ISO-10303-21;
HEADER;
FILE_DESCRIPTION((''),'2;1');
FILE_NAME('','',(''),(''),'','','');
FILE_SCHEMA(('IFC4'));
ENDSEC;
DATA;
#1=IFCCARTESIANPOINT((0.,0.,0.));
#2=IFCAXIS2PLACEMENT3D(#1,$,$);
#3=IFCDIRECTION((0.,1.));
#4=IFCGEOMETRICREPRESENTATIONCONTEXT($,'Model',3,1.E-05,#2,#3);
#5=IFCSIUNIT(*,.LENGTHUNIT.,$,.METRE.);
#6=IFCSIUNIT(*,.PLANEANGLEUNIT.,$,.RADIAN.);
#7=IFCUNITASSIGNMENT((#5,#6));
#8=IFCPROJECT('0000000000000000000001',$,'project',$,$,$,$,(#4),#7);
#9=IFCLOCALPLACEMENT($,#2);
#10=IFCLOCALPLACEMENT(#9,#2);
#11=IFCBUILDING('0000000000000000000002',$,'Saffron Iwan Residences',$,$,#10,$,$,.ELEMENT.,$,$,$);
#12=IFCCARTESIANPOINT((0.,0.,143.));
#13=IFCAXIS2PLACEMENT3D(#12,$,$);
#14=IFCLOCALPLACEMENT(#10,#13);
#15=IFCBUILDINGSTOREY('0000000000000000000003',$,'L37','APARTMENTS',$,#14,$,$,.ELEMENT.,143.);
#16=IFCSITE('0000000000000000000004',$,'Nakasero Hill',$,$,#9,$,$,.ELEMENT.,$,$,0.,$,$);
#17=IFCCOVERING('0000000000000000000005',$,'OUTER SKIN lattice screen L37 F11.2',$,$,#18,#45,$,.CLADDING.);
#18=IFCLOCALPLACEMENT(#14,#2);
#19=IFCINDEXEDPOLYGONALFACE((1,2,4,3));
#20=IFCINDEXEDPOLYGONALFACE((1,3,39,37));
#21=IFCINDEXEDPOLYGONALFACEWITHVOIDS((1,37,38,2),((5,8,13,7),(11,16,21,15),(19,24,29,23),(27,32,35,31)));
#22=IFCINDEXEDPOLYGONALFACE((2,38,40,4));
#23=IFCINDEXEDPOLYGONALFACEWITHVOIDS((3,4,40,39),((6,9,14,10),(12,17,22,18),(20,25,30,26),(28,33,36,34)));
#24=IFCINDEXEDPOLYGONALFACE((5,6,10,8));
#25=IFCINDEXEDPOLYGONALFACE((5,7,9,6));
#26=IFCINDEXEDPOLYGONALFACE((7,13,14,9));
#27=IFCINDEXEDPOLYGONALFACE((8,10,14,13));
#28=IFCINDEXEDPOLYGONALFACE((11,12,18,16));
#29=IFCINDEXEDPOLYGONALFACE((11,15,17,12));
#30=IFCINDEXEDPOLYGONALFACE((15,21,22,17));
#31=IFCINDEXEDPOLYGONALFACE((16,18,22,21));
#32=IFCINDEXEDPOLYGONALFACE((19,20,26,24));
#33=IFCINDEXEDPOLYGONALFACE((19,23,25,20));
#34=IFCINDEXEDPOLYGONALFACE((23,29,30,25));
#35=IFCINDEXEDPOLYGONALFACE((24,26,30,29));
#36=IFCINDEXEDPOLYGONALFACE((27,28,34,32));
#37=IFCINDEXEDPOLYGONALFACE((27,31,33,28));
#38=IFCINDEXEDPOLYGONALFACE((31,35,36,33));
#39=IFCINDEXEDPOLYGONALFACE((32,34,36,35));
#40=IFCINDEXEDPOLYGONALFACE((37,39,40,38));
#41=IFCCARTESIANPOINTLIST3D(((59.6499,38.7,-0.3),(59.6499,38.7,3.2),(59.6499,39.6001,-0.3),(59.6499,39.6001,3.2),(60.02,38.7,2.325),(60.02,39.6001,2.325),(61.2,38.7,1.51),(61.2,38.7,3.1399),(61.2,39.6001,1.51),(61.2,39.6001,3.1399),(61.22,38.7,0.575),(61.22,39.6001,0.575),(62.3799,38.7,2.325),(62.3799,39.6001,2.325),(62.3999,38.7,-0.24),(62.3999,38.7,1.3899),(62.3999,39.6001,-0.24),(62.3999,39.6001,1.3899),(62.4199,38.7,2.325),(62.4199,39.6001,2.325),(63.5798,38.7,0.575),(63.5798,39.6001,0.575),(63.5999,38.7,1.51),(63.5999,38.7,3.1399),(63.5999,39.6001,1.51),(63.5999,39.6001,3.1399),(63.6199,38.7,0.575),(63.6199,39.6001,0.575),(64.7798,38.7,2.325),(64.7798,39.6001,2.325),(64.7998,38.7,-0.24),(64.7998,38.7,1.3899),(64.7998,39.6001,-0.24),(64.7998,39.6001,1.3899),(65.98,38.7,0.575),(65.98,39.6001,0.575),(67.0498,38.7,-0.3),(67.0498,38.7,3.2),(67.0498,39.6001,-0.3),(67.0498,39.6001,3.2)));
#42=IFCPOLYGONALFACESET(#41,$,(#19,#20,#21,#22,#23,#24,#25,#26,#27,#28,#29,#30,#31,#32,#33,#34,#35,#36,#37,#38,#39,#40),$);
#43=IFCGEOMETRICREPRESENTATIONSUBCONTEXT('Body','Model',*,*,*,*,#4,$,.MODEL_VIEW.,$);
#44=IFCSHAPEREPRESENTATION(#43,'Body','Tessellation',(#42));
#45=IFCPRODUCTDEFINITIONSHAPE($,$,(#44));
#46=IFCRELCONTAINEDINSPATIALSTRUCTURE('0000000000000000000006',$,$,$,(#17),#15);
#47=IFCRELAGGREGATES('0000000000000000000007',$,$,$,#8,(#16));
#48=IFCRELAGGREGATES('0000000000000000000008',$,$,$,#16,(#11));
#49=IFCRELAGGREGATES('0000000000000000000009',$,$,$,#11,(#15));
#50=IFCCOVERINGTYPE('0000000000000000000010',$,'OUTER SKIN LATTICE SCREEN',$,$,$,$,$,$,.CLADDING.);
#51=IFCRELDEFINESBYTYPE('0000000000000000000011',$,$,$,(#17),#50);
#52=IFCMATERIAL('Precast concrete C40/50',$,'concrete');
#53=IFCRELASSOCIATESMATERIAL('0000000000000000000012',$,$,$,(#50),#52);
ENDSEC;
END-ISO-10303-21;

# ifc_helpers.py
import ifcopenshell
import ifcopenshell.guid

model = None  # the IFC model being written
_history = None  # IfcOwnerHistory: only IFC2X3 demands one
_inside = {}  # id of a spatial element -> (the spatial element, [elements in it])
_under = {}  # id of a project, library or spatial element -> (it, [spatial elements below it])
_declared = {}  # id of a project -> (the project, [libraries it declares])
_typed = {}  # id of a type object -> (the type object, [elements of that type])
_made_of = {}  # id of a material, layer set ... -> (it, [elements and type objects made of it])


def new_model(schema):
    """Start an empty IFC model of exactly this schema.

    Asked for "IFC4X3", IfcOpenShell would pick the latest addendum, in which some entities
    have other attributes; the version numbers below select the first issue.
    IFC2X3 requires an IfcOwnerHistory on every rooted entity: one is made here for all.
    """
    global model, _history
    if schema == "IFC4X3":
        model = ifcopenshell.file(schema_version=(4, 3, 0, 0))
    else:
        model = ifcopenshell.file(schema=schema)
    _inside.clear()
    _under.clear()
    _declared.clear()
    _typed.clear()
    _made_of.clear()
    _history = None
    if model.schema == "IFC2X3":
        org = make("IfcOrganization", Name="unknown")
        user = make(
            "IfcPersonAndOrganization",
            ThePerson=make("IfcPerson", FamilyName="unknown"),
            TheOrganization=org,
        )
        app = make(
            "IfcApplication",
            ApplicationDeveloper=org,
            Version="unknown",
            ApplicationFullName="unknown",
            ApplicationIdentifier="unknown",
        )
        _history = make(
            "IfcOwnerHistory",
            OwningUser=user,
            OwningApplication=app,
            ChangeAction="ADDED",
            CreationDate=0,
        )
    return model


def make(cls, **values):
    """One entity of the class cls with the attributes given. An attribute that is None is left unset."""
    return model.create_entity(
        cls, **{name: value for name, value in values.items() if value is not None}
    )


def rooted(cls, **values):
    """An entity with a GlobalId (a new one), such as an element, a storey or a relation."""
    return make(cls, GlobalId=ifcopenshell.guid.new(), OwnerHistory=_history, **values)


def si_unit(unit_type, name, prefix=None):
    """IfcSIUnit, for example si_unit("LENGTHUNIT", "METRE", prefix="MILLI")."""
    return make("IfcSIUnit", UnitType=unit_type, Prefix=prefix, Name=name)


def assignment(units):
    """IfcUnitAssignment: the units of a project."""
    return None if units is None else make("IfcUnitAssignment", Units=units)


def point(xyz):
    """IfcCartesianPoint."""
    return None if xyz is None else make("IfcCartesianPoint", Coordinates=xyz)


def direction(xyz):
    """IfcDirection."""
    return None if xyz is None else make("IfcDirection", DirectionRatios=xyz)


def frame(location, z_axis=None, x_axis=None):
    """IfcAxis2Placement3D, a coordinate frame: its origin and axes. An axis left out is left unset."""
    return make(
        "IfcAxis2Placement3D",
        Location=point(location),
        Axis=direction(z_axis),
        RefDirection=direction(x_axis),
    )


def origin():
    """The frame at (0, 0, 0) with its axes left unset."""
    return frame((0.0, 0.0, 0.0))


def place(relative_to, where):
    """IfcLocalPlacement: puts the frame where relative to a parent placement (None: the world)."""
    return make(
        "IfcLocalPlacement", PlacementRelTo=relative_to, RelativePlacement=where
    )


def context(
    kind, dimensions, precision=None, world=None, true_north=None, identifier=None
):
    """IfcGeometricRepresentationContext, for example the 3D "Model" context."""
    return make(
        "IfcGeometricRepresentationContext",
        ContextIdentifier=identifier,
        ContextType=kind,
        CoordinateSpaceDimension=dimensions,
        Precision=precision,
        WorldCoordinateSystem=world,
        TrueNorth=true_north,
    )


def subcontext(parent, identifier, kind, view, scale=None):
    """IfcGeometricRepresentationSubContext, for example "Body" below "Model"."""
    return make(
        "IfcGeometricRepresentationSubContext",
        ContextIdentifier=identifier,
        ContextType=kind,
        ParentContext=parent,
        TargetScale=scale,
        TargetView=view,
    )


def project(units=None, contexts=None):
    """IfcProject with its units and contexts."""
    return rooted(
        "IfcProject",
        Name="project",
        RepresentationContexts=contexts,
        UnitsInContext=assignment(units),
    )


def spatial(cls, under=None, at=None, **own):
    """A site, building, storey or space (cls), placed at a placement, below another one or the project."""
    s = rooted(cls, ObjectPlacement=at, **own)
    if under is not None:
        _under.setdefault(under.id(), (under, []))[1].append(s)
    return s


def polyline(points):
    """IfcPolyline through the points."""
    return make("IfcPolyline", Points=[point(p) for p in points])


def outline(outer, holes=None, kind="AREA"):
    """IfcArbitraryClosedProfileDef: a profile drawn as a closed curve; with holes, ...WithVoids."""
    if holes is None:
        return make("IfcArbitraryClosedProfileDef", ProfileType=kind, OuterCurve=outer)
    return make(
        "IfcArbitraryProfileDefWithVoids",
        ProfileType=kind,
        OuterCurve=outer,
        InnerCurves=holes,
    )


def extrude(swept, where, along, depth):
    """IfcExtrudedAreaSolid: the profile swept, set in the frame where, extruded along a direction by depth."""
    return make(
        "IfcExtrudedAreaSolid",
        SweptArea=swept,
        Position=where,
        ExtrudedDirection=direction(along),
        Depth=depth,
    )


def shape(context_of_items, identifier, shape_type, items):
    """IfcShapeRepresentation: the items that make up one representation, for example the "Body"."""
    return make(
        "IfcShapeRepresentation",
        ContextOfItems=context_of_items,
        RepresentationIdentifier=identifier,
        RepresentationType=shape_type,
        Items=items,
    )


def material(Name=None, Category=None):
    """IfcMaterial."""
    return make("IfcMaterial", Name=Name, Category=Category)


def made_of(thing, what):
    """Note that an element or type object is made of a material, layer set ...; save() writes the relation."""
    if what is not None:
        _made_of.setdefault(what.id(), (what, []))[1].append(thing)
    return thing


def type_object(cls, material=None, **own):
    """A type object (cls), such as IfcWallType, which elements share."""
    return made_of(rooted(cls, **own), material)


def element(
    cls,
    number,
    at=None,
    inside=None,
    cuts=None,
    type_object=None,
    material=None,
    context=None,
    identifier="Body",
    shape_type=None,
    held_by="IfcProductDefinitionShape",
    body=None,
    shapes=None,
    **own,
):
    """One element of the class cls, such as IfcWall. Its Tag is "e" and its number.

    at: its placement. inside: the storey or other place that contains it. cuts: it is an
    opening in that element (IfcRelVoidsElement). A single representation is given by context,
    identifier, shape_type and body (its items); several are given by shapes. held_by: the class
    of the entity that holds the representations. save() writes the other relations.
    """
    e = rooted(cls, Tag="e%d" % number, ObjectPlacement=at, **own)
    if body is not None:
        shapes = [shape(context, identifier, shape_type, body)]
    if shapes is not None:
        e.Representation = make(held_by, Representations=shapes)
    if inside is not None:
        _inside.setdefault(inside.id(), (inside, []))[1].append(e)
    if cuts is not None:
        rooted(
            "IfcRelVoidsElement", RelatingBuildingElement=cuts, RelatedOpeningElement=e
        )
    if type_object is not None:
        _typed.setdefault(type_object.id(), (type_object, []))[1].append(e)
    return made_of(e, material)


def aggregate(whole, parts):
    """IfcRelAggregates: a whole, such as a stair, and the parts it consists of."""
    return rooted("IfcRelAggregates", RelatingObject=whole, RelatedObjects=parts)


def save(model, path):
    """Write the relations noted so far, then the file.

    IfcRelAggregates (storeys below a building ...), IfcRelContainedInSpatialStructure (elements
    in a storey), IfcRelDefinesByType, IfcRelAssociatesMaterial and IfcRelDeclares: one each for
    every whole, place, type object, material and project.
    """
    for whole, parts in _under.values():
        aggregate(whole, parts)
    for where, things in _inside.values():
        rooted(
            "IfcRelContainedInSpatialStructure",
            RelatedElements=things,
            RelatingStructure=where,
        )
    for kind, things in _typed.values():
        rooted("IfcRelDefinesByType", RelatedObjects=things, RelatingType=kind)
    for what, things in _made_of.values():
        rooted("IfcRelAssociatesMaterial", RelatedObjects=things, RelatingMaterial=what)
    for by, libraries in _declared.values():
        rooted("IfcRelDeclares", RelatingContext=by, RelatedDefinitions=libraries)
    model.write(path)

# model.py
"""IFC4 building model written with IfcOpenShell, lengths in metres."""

from ifc_helpers import new_model, si_unit, direction, frame, origin, place, context, subcontext, project, spatial, polyline, outline, extrude, material, type_object, element, save


model = new_model("IFC4")

# Units and contexts
model_context = context("Model", 3, precision=1e-05, world=origin(), true_north=direction((0.0, 1.0)))
body_context = subcontext(model_context, "Body", "Model", "MODEL_VIEW")
ifc_project = project(units=[si_unit("LENGTHUNIT", "METRE"), si_unit("PLANEANGLEUNIT", "RADIAN")], contexts=[model_context])

# Site, building, storey
site_placement = place(None, origin())
site = spatial("IfcSite", under=ifc_project, at=site_placement, Name="Nakasero Hill", CompositionType="ELEMENT", RefElevation=0.0)
building_placement = place(site_placement, origin())
building = spatial("IfcBuilding", under=site, at=building_placement, Name="Saffron Iwan Residences", CompositionType="ELEMENT")
storey_placement = place(building_placement, frame((0.0, 0.0, 143.0)))
storey = spatial("IfcBuildingStorey", under=building, at=storey_placement, Name="L37", Description="APARTMENTS", CompositionType="ELEMENT", Elevation=143.0)

# Covering
ifc_material_1 = material(Name="Precast concrete C40/50", Category="concrete")
covering_type = type_object("IfcCoveringType", Name="OUTER SKIN LATTICE SCREEN", PredefinedType="CLADDING", material=ifc_material_1)
covering_placement = place(storey_placement, frame((59.6499, 39.6001, -0.3), z_axis=(0.0, -1.0, 0.0), x_axis=(1.0, 0.0, 0.0)))
element("IfcCovering", 1, at=covering_placement, inside=storey, type_object=covering_type, Name="OUTER SKIN lattice screen L37 F11.2", PredefinedType="CLADDING", context=body_context, shape_type="SweptSolid", body=[
    extrude(outline(polyline([(0.0, 0.0), (7.3999, 0.0), (7.3999, 3.5), (0.0, 3.5), (0.0, 0.0)]), holes=[polyline([(1.5701, 0.875), (2.75, 0.0601), (3.9299, 0.875), (2.75, 1.6899), (1.5701, 0.875)]), polyline([(3.97, 0.875), (5.1499, 0.0601), (6.3301, 0.875), (5.1499, 1.6899), (3.97, 0.875)]), polyline([(0.3701, 2.625), (1.55, 1.8101), (2.73, 2.625), (1.55, 3.4399), (0.3701, 2.625)]), polyline([(2.77, 2.625), (3.95, 1.8101), (5.1299, 2.625), (3.95, 3.4399), (2.77, 2.625)])]), origin(), (0.0, 0.0, 1.0), 0.9001),
])

save(model, "model.ifc")
